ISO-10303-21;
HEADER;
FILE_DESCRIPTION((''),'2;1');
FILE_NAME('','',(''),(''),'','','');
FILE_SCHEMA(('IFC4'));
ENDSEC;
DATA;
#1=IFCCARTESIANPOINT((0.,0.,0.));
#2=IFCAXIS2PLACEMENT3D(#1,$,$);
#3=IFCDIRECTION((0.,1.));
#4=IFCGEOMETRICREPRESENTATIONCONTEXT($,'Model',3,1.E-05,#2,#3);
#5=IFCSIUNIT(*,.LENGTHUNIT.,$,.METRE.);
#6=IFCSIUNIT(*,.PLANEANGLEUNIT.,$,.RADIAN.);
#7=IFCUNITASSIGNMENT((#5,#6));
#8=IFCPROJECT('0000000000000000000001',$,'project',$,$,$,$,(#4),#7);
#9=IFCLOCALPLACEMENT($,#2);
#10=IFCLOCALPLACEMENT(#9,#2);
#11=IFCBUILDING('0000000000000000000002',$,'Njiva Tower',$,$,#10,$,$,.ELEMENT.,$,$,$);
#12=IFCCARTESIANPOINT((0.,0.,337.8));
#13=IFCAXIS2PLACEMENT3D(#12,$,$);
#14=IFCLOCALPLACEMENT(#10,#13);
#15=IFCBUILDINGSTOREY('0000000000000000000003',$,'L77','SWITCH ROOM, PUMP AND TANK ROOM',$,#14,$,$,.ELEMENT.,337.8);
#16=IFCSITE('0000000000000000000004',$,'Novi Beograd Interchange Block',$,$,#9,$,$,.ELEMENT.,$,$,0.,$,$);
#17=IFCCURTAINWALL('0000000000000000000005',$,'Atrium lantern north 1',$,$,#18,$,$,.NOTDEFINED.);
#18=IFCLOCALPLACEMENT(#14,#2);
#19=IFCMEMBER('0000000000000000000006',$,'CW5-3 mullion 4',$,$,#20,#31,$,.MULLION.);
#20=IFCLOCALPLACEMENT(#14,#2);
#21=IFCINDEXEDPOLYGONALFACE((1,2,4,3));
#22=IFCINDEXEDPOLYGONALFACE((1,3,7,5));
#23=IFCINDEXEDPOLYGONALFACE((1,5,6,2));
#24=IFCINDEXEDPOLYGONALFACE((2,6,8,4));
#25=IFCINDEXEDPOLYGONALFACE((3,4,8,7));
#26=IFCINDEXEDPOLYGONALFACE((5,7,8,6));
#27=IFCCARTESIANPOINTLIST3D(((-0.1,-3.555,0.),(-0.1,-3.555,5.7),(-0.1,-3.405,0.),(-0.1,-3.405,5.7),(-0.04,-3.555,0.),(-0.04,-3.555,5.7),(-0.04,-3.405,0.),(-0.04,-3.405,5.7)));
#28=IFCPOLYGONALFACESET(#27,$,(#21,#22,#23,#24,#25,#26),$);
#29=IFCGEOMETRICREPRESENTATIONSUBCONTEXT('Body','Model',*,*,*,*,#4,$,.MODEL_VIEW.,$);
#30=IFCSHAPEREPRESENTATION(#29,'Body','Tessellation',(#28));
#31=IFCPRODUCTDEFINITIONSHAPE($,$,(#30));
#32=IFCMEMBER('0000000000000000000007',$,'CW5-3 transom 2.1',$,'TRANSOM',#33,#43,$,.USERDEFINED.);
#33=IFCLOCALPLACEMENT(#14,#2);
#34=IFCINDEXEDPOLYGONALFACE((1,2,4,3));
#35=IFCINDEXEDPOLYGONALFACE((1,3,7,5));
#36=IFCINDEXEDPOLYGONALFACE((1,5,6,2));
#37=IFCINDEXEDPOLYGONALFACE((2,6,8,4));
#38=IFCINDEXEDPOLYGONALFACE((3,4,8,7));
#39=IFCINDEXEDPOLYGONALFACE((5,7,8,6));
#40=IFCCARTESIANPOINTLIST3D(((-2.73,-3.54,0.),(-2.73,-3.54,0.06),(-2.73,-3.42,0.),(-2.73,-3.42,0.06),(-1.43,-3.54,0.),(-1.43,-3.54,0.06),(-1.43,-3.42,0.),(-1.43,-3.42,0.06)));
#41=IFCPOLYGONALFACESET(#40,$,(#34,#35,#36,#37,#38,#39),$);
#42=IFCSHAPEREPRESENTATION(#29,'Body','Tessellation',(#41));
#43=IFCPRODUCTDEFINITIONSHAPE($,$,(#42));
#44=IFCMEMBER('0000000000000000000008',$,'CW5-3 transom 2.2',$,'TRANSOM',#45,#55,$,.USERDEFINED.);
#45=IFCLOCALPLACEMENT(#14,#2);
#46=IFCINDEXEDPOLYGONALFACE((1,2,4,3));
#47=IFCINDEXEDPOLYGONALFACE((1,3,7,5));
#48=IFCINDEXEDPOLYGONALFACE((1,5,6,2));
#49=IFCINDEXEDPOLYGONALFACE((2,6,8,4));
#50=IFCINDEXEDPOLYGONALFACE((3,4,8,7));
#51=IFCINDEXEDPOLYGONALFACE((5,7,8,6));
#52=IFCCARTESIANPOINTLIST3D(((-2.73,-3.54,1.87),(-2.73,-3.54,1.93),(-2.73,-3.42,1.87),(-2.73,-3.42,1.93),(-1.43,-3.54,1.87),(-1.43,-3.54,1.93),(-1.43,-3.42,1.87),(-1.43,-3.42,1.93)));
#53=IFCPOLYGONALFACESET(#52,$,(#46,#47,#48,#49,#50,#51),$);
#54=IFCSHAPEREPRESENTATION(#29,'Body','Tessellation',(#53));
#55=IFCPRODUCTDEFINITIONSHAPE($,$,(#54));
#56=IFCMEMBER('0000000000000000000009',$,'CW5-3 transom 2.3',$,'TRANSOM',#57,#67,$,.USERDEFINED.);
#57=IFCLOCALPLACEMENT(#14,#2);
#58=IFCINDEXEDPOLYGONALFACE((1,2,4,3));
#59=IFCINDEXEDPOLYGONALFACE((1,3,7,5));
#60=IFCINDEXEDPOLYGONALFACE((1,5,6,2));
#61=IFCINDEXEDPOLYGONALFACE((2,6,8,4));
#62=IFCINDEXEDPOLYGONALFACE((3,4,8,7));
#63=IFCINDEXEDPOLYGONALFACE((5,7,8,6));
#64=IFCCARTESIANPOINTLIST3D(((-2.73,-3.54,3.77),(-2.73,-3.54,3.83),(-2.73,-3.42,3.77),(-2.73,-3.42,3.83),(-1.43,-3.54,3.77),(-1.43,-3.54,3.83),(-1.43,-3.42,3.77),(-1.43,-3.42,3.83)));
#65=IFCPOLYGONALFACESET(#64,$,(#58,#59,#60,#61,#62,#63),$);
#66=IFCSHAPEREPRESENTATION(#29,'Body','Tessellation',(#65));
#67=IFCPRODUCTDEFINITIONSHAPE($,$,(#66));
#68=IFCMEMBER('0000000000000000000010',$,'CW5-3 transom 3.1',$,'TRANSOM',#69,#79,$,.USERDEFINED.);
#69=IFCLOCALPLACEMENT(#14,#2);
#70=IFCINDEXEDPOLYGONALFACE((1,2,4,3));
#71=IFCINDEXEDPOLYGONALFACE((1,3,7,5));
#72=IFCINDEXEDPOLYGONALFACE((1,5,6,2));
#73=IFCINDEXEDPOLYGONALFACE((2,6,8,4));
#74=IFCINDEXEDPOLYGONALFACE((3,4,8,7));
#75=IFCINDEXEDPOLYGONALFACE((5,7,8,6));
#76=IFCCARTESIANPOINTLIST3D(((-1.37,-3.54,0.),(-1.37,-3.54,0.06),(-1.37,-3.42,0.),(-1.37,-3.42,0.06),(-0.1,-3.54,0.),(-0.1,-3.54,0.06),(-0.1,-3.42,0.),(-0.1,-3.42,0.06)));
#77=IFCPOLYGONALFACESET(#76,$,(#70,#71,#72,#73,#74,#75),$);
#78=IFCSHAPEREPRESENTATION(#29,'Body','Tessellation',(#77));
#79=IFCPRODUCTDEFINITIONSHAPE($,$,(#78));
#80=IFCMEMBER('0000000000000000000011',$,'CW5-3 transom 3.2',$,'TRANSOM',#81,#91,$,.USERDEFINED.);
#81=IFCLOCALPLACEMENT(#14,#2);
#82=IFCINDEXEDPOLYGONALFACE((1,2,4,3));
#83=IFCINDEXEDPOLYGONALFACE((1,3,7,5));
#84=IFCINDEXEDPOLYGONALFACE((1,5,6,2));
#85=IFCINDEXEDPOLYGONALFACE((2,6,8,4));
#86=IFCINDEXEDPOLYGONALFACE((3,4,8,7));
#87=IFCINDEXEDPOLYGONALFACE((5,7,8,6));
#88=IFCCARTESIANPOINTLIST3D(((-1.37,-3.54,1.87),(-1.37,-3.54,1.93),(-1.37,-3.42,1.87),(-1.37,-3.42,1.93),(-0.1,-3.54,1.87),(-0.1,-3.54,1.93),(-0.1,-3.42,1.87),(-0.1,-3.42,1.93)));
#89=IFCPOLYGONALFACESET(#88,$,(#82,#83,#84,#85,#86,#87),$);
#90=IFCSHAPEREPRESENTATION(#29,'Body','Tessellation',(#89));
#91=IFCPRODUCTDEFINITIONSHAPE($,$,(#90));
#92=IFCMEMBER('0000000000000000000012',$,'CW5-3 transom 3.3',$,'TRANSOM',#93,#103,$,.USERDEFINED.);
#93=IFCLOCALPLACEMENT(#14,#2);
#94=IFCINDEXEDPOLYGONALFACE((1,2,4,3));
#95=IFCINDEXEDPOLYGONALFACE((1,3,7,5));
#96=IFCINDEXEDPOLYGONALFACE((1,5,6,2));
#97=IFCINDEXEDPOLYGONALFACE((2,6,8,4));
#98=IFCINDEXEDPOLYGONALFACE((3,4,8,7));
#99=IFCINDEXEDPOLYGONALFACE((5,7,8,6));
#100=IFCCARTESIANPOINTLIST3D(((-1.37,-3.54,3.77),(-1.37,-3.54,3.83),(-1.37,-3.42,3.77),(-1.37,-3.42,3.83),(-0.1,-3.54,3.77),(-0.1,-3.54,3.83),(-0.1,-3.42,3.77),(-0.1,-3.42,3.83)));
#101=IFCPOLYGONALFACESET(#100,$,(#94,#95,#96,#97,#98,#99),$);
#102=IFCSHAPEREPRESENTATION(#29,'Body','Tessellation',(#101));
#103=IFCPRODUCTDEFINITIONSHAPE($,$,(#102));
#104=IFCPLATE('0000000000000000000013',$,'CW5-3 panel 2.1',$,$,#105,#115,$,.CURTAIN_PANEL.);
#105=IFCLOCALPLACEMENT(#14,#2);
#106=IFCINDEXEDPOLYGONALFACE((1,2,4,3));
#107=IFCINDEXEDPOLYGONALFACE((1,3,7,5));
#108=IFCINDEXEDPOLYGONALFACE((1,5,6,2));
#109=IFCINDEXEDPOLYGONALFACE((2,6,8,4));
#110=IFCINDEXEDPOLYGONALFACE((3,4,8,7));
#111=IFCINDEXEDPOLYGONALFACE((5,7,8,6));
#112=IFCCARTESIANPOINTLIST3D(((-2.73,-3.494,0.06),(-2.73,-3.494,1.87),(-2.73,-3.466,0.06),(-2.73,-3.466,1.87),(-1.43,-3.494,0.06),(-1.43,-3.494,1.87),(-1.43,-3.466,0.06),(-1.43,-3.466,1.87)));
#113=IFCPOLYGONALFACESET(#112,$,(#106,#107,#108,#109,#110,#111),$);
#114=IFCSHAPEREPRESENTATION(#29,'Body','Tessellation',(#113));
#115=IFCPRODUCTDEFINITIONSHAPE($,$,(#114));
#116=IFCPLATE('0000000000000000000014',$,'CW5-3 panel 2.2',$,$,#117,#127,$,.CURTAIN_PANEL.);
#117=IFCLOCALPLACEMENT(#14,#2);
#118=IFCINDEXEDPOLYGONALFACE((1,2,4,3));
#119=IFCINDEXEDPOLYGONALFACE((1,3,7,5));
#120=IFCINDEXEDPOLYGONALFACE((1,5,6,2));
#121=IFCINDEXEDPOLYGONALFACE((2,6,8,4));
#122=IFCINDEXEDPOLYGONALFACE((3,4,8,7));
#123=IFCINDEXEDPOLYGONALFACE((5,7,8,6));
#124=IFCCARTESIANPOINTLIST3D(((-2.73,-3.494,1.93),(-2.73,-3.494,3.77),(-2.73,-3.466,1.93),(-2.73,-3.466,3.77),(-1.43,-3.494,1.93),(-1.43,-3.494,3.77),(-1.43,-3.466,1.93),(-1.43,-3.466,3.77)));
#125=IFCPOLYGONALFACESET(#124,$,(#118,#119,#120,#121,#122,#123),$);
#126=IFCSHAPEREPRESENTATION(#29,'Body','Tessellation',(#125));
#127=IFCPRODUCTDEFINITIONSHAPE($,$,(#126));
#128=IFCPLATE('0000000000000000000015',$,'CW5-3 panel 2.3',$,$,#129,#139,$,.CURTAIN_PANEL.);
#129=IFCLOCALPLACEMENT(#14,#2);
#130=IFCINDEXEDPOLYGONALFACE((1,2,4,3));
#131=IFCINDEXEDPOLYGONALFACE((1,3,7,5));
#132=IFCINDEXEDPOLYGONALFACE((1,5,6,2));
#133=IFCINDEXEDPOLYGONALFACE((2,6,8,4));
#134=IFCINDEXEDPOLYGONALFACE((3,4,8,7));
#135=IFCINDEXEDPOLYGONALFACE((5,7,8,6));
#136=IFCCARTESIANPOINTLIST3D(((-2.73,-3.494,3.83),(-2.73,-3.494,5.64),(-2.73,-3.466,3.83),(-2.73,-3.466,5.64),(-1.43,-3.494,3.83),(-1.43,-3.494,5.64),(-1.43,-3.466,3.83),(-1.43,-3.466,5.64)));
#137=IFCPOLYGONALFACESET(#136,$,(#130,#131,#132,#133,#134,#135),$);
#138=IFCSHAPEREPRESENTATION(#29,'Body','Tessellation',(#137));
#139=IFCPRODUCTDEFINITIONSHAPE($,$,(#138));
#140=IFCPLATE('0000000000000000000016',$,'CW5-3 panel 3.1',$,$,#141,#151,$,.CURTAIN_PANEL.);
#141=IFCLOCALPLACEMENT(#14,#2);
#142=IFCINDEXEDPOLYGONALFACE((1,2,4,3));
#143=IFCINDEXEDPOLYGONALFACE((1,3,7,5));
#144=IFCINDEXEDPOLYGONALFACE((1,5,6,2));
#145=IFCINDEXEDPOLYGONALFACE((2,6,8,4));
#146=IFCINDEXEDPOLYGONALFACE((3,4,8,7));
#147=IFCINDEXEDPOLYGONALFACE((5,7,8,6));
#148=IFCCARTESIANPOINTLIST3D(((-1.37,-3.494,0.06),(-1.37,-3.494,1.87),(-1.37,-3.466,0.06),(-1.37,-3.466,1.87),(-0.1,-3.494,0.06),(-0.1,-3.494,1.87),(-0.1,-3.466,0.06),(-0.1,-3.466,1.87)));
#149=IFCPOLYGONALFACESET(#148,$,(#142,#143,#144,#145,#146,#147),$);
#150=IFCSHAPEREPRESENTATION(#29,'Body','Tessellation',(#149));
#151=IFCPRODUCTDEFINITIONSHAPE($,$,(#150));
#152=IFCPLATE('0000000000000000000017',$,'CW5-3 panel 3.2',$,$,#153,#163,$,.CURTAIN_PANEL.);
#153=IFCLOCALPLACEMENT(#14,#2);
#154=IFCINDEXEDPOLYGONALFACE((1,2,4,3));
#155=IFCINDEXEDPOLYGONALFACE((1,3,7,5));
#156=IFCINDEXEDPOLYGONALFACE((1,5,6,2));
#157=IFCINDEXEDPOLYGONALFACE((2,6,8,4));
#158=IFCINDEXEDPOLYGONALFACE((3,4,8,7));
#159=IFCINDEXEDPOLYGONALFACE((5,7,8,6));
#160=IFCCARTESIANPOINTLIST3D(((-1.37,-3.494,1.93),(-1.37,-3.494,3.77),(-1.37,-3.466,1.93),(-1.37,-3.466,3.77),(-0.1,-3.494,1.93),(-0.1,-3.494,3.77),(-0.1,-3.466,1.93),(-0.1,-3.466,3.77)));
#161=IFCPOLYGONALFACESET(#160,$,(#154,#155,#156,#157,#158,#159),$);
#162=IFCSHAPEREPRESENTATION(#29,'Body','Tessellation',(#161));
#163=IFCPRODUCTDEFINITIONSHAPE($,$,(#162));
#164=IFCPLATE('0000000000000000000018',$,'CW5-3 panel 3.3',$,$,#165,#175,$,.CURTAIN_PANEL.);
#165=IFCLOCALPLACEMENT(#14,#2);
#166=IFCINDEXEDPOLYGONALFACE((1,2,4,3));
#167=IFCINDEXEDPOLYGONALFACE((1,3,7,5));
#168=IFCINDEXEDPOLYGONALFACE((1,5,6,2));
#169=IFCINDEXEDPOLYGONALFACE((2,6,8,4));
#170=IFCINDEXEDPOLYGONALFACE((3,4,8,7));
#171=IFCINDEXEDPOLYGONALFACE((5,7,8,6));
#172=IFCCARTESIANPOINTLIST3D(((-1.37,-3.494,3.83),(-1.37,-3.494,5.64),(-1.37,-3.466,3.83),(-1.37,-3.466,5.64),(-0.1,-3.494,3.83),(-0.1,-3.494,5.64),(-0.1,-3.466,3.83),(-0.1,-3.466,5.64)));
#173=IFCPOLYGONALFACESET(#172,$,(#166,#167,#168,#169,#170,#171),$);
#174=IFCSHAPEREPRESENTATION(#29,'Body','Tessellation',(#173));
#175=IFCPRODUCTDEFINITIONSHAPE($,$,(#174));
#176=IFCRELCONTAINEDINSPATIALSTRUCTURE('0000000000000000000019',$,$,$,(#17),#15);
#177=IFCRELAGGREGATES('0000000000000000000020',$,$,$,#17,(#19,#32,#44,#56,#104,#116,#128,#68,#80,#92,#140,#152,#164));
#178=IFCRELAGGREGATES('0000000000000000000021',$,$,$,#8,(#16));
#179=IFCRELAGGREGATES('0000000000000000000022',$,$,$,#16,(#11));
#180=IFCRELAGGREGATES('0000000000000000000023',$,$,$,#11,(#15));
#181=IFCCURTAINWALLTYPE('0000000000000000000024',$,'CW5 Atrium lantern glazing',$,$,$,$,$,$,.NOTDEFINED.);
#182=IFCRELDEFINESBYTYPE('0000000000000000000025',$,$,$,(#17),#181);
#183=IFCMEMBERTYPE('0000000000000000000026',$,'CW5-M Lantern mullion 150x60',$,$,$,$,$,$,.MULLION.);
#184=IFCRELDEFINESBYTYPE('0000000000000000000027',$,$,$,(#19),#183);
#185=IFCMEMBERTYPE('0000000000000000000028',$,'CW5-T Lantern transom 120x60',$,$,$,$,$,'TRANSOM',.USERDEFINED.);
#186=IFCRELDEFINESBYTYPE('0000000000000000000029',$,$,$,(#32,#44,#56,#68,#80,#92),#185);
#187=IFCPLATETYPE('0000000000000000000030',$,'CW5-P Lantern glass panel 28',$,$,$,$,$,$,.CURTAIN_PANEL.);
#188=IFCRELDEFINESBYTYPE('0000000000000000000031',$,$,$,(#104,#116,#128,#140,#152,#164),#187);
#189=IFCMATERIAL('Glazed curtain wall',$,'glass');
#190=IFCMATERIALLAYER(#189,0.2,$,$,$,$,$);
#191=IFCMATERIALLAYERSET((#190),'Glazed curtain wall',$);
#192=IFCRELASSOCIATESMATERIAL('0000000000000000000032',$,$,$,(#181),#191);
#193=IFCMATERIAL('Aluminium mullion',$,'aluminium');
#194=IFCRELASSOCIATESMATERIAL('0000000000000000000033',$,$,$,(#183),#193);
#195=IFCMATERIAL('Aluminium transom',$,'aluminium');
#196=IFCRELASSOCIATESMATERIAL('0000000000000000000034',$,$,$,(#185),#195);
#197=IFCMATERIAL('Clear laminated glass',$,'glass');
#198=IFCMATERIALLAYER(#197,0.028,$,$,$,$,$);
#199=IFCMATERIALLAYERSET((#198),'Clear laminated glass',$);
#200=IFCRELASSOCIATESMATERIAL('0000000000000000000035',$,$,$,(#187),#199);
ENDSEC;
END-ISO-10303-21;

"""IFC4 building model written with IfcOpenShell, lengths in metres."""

from ifc_helpers import new_model, si_unit, direction, frame, origin, origin_2d, place, context, subcontext, project, spatial, rectangle, extrude, material, layer, layer_set, material_profile, profile_set, type_object, element, aggregate, save


model = new_model("IFC4")

# Units and contexts
model_context = context("Model", 3, precision=1e-05, world=origin(), true_north=direction((0.0, 1.0)))
body_context = subcontext(model_context, "Body", "Model", "MODEL_VIEW")
ifc_project = project(units=[si_unit("LENGTHUNIT", "METRE"), si_unit("PLANEANGLEUNIT", "RADIAN")], contexts=[model_context])

# Site, building, storey
site_placement = place(None, origin())
site = spatial("IfcSite", under=ifc_project, at=site_placement, Name="Novi Beograd Interchange Block", CompositionType="ELEMENT", RefElevation=0.0)
building_placement = place(site_placement, origin())
building = spatial("IfcBuilding", under=site, at=building_placement, Name="Njiva Tower", CompositionType="ELEMENT")
storey_placement = place(building_placement, frame((0.0, 0.0, 337.8)))
storey = spatial("IfcBuildingStorey", under=building, at=storey_placement, Name="L77", Description="SWITCH ROOM, PUMP AND TANK ROOM", CompositionType="ELEMENT", Elevation=337.8)

# Curtain wall, members, plates
ifc_material_1 = material(Name="Glazed curtain wall", Category="glass")
ifc_layer_1 = layer(ifc_material_1, 0.2)
ifc_layer_set_1 = layer_set([ifc_layer_1], Name="Glazed curtain wall")
curtain_wall_type = type_object("IfcCurtainWallType", Name="CW5 Atrium lantern glazing", PredefinedType="NOTDEFINED", material=ifc_layer_set_1)
curtain_wall_placement = place(storey_placement, origin())
curtain_wall = element("IfcCurtainWall", 1, at=curtain_wall_placement, inside=storey, type_object=curtain_wall_type, Name="Atrium lantern north 1", PredefinedType="NOTDEFINED")
ifc_material_2 = material(Name="Aluminium mullion", Category="aluminium")
ifc_material_profile_1 = material_profile(ifc_material_2, rectangle(XDim=0.15, YDim=0.06, at=origin_2d()), Name="RECT 150x60")
ifc_profile_set_1 = profile_set([ifc_material_profile_1], Name="Aluminium mullion")
member_type_1 = type_object("IfcMemberType", Name="CW5-M Lantern mullion 150x60", PredefinedType="MULLION", material=ifc_profile_set_1)
member_1_placement = place(storey_placement, frame((-0.07, -3.48, 0.0), z_axis=(0.0, 0.0, 1.0), x_axis=(0.0, 1.0, 0.0)))
member_1 = element("IfcMember", 2, at=member_1_placement, type_object=member_type_1, Name="CW5-3 mullion 4", PredefinedType="MULLION", context=body_context, shape_type="SweptSolid", body=[
    extrude(rectangle(XDim=0.15, YDim=0.06, at=origin_2d()), origin(), (0.0, 0.0, 1.0), 5.7),
])
ifc_material_3 = material(Name="Aluminium transom", Category="aluminium")
ifc_material_profile_2 = material_profile(ifc_material_3, rectangle(XDim=0.12, YDim=0.06, at=origin_2d()), Name="RECT 120x60")
ifc_profile_set_2 = profile_set([ifc_material_profile_2], Name="Aluminium transom")
member_type_2 = type_object("IfcMemberType", Name="CW5-T Lantern transom 120x60", ElementType="TRANSOM", PredefinedType="USERDEFINED", material=ifc_profile_set_2)
member_2_placement = place(storey_placement, frame((-2.73, -3.48, 0.03), z_axis=(1.0, 0.0, 0.0), x_axis=(0.0, 1.0, 0.0)))
member_2 = element("IfcMember", 3, at=member_2_placement, type_object=member_type_2, Name="CW5-3 transom 2.1", ObjectType="TRANSOM", PredefinedType="USERDEFINED", context=body_context, shape_type="SweptSolid", body=[
    extrude(rectangle(XDim=0.12, YDim=0.06, at=origin_2d()), origin(), (0.0, 0.0, 1.0), 1.3),
])
member_3_placement = place(storey_placement, frame((-2.73, -3.48, 1.9), z_axis=(1.0, 0.0, 0.0), x_axis=(0.0, 1.0, 0.0)))
member_3 = element("IfcMember", 4, at=member_3_placement, type_object=member_type_2, Name="CW5-3 transom 2.2", ObjectType="TRANSOM", PredefinedType="USERDEFINED", context=body_context, shape_type="SweptSolid", body=[
    extrude(rectangle(XDim=0.12, YDim=0.06, at=origin_2d()), origin(), (0.0, 0.0, 1.0), 1.3),
])
member_4_placement = place(storey_placement, frame((-2.73, -3.48, 3.8), z_axis=(1.0, 0.0, 0.0), x_axis=(0.0, 1.0, 0.0)))
member_4 = element("IfcMember", 5, at=member_4_placement, type_object=member_type_2, Name="CW5-3 transom 2.3", ObjectType="TRANSOM", PredefinedType="USERDEFINED", context=body_context, shape_type="SweptSolid", body=[
    extrude(rectangle(XDim=0.12, YDim=0.06, at=origin_2d()), origin(), (0.0, 0.0, 1.0), 1.3),
])
member_5_placement = place(storey_placement, frame((-1.37, -3.48, 0.03), z_axis=(1.0, 0.0, 0.0), x_axis=(0.0, 1.0, 0.0)))
member_5 = element("IfcMember", 6, at=member_5_placement, type_object=member_type_2, Name="CW5-3 transom 3.1", ObjectType="TRANSOM", PredefinedType="USERDEFINED", context=body_context, shape_type="SweptSolid", body=[
    extrude(rectangle(XDim=0.12, YDim=0.06, at=origin_2d()), origin(), (0.0, 0.0, 1.0), 1.27),
])
member_6_placement = place(storey_placement, frame((-1.37, -3.48, 1.9), z_axis=(1.0, 0.0, 0.0), x_axis=(0.0, 1.0, 0.0)))
member_6 = element("IfcMember", 7, at=member_6_placement, type_object=member_type_2, Name="CW5-3 transom 3.2", ObjectType="TRANSOM", PredefinedType="USERDEFINED", context=body_context, shape_type="SweptSolid", body=[
    extrude(rectangle(XDim=0.12, YDim=0.06, at=origin_2d()), origin(), (0.0, 0.0, 1.0), 1.27),
])
member_7_placement = place(storey_placement, frame((-1.37, -3.48, 3.8), z_axis=(1.0, 0.0, 0.0), x_axis=(0.0, 1.0, 0.0)))
member_7 = element("IfcMember", 8, at=member_7_placement, type_object=member_type_2, Name="CW5-3 transom 3.3", ObjectType="TRANSOM", PredefinedType="USERDEFINED", context=body_context, shape_type="SweptSolid", body=[
    extrude(rectangle(XDim=0.12, YDim=0.06, at=origin_2d()), origin(), (0.0, 0.0, 1.0), 1.27),
])
ifc_material_4 = material(Name="Clear laminated glass", Category="glass")
ifc_layer_2 = layer(ifc_material_4, 0.028)
ifc_layer_set_2 = layer_set([ifc_layer_2], Name="Clear laminated glass")
plate_type = type_object("IfcPlateType", Name="CW5-P Lantern glass panel 28", PredefinedType="CURTAIN_PANEL", material=ifc_layer_set_2)
plate_1_placement = place(storey_placement, frame((-2.08, -3.48, 0.06), z_axis=(0.0, 0.0, 1.0), x_axis=(1.0, 0.0, 0.0)))
plate_1 = element("IfcPlate", 9, at=plate_1_placement, type_object=plate_type, Name="CW5-3 panel 2.1", PredefinedType="CURTAIN_PANEL", context=body_context, shape_type="SweptSolid", body=[
    extrude(rectangle(XDim=1.3, YDim=0.028, at=origin_2d()), origin(), (0.0, 0.0, 1.0), 1.81),
])
plate_2_placement = place(storey_placement, frame((-2.08, -3.48, 1.93), z_axis=(0.0, 0.0, 1.0), x_axis=(1.0, 0.0, 0.0)))
plate_2 = element("IfcPlate", 10, at=plate_2_placement, type_object=plate_type, Name="CW5-3 panel 2.2", PredefinedType="CURTAIN_PANEL", context=body_context, shape_type="SweptSolid", body=[
    extrude(rectangle(XDim=1.3, YDim=0.028, at=origin_2d()), origin(), (0.0, 0.0, 1.0), 1.84),
])
plate_3_placement = place(storey_placement, frame((-2.08, -3.48, 3.83), z_axis=(0.0, 0.0, 1.0), x_axis=(1.0, 0.0, 0.0)))
plate_3 = element("IfcPlate", 11, at=plate_3_placement, type_object=plate_type, Name="CW5-3 panel 2.3", PredefinedType="CURTAIN_PANEL", context=body_context, shape_type="SweptSolid", body=[
    extrude(rectangle(XDim=1.3, YDim=0.028, at=origin_2d()), origin(), (0.0, 0.0, 1.0), 1.81),
])
plate_4_placement = place(storey_placement, frame((-0.735, -3.48, 0.06), z_axis=(0.0, 0.0, 1.0), x_axis=(1.0, 0.0, 0.0)))
plate_4 = element("IfcPlate", 12, at=plate_4_placement, type_object=plate_type, Name="CW5-3 panel 3.1", PredefinedType="CURTAIN_PANEL", context=body_context, shape_type="SweptSolid", body=[
    extrude(rectangle(XDim=1.27, YDim=0.028, at=origin_2d()), origin(), (0.0, 0.0, 1.0), 1.81),
])
plate_5_placement = place(storey_placement, frame((-0.735, -3.48, 1.93), z_axis=(0.0, 0.0, 1.0), x_axis=(1.0, 0.0, 0.0)))
plate_5 = element("IfcPlate", 13, at=plate_5_placement, type_object=plate_type, Name="CW5-3 panel 3.2", PredefinedType="CURTAIN_PANEL", context=body_context, shape_type="SweptSolid", body=[
    extrude(rectangle(XDim=1.27, YDim=0.028, at=origin_2d()), origin(), (0.0, 0.0, 1.0), 1.84),
])
plate_6_placement = place(storey_placement, frame((-0.735, -3.48, 3.83), z_axis=(0.0, 0.0, 1.0), x_axis=(1.0, 0.0, 0.0)))
plate_6 = element("IfcPlate", 14, at=plate_6_placement, type_object=plate_type, Name="CW5-3 panel 3.3", PredefinedType="CURTAIN_PANEL", context=body_context, shape_type="SweptSolid", body=[
    extrude(rectangle(XDim=1.27, YDim=0.028, at=origin_2d()), origin(), (0.0, 0.0, 1.0), 1.81),
])
aggregate(curtain_wall, [member_1, member_2, member_3, member_4, plate_1, plate_2, plate_3, member_5, member_6, member_7, plate_4, plate_5, plate_6])

save(model, "model.ifc")
